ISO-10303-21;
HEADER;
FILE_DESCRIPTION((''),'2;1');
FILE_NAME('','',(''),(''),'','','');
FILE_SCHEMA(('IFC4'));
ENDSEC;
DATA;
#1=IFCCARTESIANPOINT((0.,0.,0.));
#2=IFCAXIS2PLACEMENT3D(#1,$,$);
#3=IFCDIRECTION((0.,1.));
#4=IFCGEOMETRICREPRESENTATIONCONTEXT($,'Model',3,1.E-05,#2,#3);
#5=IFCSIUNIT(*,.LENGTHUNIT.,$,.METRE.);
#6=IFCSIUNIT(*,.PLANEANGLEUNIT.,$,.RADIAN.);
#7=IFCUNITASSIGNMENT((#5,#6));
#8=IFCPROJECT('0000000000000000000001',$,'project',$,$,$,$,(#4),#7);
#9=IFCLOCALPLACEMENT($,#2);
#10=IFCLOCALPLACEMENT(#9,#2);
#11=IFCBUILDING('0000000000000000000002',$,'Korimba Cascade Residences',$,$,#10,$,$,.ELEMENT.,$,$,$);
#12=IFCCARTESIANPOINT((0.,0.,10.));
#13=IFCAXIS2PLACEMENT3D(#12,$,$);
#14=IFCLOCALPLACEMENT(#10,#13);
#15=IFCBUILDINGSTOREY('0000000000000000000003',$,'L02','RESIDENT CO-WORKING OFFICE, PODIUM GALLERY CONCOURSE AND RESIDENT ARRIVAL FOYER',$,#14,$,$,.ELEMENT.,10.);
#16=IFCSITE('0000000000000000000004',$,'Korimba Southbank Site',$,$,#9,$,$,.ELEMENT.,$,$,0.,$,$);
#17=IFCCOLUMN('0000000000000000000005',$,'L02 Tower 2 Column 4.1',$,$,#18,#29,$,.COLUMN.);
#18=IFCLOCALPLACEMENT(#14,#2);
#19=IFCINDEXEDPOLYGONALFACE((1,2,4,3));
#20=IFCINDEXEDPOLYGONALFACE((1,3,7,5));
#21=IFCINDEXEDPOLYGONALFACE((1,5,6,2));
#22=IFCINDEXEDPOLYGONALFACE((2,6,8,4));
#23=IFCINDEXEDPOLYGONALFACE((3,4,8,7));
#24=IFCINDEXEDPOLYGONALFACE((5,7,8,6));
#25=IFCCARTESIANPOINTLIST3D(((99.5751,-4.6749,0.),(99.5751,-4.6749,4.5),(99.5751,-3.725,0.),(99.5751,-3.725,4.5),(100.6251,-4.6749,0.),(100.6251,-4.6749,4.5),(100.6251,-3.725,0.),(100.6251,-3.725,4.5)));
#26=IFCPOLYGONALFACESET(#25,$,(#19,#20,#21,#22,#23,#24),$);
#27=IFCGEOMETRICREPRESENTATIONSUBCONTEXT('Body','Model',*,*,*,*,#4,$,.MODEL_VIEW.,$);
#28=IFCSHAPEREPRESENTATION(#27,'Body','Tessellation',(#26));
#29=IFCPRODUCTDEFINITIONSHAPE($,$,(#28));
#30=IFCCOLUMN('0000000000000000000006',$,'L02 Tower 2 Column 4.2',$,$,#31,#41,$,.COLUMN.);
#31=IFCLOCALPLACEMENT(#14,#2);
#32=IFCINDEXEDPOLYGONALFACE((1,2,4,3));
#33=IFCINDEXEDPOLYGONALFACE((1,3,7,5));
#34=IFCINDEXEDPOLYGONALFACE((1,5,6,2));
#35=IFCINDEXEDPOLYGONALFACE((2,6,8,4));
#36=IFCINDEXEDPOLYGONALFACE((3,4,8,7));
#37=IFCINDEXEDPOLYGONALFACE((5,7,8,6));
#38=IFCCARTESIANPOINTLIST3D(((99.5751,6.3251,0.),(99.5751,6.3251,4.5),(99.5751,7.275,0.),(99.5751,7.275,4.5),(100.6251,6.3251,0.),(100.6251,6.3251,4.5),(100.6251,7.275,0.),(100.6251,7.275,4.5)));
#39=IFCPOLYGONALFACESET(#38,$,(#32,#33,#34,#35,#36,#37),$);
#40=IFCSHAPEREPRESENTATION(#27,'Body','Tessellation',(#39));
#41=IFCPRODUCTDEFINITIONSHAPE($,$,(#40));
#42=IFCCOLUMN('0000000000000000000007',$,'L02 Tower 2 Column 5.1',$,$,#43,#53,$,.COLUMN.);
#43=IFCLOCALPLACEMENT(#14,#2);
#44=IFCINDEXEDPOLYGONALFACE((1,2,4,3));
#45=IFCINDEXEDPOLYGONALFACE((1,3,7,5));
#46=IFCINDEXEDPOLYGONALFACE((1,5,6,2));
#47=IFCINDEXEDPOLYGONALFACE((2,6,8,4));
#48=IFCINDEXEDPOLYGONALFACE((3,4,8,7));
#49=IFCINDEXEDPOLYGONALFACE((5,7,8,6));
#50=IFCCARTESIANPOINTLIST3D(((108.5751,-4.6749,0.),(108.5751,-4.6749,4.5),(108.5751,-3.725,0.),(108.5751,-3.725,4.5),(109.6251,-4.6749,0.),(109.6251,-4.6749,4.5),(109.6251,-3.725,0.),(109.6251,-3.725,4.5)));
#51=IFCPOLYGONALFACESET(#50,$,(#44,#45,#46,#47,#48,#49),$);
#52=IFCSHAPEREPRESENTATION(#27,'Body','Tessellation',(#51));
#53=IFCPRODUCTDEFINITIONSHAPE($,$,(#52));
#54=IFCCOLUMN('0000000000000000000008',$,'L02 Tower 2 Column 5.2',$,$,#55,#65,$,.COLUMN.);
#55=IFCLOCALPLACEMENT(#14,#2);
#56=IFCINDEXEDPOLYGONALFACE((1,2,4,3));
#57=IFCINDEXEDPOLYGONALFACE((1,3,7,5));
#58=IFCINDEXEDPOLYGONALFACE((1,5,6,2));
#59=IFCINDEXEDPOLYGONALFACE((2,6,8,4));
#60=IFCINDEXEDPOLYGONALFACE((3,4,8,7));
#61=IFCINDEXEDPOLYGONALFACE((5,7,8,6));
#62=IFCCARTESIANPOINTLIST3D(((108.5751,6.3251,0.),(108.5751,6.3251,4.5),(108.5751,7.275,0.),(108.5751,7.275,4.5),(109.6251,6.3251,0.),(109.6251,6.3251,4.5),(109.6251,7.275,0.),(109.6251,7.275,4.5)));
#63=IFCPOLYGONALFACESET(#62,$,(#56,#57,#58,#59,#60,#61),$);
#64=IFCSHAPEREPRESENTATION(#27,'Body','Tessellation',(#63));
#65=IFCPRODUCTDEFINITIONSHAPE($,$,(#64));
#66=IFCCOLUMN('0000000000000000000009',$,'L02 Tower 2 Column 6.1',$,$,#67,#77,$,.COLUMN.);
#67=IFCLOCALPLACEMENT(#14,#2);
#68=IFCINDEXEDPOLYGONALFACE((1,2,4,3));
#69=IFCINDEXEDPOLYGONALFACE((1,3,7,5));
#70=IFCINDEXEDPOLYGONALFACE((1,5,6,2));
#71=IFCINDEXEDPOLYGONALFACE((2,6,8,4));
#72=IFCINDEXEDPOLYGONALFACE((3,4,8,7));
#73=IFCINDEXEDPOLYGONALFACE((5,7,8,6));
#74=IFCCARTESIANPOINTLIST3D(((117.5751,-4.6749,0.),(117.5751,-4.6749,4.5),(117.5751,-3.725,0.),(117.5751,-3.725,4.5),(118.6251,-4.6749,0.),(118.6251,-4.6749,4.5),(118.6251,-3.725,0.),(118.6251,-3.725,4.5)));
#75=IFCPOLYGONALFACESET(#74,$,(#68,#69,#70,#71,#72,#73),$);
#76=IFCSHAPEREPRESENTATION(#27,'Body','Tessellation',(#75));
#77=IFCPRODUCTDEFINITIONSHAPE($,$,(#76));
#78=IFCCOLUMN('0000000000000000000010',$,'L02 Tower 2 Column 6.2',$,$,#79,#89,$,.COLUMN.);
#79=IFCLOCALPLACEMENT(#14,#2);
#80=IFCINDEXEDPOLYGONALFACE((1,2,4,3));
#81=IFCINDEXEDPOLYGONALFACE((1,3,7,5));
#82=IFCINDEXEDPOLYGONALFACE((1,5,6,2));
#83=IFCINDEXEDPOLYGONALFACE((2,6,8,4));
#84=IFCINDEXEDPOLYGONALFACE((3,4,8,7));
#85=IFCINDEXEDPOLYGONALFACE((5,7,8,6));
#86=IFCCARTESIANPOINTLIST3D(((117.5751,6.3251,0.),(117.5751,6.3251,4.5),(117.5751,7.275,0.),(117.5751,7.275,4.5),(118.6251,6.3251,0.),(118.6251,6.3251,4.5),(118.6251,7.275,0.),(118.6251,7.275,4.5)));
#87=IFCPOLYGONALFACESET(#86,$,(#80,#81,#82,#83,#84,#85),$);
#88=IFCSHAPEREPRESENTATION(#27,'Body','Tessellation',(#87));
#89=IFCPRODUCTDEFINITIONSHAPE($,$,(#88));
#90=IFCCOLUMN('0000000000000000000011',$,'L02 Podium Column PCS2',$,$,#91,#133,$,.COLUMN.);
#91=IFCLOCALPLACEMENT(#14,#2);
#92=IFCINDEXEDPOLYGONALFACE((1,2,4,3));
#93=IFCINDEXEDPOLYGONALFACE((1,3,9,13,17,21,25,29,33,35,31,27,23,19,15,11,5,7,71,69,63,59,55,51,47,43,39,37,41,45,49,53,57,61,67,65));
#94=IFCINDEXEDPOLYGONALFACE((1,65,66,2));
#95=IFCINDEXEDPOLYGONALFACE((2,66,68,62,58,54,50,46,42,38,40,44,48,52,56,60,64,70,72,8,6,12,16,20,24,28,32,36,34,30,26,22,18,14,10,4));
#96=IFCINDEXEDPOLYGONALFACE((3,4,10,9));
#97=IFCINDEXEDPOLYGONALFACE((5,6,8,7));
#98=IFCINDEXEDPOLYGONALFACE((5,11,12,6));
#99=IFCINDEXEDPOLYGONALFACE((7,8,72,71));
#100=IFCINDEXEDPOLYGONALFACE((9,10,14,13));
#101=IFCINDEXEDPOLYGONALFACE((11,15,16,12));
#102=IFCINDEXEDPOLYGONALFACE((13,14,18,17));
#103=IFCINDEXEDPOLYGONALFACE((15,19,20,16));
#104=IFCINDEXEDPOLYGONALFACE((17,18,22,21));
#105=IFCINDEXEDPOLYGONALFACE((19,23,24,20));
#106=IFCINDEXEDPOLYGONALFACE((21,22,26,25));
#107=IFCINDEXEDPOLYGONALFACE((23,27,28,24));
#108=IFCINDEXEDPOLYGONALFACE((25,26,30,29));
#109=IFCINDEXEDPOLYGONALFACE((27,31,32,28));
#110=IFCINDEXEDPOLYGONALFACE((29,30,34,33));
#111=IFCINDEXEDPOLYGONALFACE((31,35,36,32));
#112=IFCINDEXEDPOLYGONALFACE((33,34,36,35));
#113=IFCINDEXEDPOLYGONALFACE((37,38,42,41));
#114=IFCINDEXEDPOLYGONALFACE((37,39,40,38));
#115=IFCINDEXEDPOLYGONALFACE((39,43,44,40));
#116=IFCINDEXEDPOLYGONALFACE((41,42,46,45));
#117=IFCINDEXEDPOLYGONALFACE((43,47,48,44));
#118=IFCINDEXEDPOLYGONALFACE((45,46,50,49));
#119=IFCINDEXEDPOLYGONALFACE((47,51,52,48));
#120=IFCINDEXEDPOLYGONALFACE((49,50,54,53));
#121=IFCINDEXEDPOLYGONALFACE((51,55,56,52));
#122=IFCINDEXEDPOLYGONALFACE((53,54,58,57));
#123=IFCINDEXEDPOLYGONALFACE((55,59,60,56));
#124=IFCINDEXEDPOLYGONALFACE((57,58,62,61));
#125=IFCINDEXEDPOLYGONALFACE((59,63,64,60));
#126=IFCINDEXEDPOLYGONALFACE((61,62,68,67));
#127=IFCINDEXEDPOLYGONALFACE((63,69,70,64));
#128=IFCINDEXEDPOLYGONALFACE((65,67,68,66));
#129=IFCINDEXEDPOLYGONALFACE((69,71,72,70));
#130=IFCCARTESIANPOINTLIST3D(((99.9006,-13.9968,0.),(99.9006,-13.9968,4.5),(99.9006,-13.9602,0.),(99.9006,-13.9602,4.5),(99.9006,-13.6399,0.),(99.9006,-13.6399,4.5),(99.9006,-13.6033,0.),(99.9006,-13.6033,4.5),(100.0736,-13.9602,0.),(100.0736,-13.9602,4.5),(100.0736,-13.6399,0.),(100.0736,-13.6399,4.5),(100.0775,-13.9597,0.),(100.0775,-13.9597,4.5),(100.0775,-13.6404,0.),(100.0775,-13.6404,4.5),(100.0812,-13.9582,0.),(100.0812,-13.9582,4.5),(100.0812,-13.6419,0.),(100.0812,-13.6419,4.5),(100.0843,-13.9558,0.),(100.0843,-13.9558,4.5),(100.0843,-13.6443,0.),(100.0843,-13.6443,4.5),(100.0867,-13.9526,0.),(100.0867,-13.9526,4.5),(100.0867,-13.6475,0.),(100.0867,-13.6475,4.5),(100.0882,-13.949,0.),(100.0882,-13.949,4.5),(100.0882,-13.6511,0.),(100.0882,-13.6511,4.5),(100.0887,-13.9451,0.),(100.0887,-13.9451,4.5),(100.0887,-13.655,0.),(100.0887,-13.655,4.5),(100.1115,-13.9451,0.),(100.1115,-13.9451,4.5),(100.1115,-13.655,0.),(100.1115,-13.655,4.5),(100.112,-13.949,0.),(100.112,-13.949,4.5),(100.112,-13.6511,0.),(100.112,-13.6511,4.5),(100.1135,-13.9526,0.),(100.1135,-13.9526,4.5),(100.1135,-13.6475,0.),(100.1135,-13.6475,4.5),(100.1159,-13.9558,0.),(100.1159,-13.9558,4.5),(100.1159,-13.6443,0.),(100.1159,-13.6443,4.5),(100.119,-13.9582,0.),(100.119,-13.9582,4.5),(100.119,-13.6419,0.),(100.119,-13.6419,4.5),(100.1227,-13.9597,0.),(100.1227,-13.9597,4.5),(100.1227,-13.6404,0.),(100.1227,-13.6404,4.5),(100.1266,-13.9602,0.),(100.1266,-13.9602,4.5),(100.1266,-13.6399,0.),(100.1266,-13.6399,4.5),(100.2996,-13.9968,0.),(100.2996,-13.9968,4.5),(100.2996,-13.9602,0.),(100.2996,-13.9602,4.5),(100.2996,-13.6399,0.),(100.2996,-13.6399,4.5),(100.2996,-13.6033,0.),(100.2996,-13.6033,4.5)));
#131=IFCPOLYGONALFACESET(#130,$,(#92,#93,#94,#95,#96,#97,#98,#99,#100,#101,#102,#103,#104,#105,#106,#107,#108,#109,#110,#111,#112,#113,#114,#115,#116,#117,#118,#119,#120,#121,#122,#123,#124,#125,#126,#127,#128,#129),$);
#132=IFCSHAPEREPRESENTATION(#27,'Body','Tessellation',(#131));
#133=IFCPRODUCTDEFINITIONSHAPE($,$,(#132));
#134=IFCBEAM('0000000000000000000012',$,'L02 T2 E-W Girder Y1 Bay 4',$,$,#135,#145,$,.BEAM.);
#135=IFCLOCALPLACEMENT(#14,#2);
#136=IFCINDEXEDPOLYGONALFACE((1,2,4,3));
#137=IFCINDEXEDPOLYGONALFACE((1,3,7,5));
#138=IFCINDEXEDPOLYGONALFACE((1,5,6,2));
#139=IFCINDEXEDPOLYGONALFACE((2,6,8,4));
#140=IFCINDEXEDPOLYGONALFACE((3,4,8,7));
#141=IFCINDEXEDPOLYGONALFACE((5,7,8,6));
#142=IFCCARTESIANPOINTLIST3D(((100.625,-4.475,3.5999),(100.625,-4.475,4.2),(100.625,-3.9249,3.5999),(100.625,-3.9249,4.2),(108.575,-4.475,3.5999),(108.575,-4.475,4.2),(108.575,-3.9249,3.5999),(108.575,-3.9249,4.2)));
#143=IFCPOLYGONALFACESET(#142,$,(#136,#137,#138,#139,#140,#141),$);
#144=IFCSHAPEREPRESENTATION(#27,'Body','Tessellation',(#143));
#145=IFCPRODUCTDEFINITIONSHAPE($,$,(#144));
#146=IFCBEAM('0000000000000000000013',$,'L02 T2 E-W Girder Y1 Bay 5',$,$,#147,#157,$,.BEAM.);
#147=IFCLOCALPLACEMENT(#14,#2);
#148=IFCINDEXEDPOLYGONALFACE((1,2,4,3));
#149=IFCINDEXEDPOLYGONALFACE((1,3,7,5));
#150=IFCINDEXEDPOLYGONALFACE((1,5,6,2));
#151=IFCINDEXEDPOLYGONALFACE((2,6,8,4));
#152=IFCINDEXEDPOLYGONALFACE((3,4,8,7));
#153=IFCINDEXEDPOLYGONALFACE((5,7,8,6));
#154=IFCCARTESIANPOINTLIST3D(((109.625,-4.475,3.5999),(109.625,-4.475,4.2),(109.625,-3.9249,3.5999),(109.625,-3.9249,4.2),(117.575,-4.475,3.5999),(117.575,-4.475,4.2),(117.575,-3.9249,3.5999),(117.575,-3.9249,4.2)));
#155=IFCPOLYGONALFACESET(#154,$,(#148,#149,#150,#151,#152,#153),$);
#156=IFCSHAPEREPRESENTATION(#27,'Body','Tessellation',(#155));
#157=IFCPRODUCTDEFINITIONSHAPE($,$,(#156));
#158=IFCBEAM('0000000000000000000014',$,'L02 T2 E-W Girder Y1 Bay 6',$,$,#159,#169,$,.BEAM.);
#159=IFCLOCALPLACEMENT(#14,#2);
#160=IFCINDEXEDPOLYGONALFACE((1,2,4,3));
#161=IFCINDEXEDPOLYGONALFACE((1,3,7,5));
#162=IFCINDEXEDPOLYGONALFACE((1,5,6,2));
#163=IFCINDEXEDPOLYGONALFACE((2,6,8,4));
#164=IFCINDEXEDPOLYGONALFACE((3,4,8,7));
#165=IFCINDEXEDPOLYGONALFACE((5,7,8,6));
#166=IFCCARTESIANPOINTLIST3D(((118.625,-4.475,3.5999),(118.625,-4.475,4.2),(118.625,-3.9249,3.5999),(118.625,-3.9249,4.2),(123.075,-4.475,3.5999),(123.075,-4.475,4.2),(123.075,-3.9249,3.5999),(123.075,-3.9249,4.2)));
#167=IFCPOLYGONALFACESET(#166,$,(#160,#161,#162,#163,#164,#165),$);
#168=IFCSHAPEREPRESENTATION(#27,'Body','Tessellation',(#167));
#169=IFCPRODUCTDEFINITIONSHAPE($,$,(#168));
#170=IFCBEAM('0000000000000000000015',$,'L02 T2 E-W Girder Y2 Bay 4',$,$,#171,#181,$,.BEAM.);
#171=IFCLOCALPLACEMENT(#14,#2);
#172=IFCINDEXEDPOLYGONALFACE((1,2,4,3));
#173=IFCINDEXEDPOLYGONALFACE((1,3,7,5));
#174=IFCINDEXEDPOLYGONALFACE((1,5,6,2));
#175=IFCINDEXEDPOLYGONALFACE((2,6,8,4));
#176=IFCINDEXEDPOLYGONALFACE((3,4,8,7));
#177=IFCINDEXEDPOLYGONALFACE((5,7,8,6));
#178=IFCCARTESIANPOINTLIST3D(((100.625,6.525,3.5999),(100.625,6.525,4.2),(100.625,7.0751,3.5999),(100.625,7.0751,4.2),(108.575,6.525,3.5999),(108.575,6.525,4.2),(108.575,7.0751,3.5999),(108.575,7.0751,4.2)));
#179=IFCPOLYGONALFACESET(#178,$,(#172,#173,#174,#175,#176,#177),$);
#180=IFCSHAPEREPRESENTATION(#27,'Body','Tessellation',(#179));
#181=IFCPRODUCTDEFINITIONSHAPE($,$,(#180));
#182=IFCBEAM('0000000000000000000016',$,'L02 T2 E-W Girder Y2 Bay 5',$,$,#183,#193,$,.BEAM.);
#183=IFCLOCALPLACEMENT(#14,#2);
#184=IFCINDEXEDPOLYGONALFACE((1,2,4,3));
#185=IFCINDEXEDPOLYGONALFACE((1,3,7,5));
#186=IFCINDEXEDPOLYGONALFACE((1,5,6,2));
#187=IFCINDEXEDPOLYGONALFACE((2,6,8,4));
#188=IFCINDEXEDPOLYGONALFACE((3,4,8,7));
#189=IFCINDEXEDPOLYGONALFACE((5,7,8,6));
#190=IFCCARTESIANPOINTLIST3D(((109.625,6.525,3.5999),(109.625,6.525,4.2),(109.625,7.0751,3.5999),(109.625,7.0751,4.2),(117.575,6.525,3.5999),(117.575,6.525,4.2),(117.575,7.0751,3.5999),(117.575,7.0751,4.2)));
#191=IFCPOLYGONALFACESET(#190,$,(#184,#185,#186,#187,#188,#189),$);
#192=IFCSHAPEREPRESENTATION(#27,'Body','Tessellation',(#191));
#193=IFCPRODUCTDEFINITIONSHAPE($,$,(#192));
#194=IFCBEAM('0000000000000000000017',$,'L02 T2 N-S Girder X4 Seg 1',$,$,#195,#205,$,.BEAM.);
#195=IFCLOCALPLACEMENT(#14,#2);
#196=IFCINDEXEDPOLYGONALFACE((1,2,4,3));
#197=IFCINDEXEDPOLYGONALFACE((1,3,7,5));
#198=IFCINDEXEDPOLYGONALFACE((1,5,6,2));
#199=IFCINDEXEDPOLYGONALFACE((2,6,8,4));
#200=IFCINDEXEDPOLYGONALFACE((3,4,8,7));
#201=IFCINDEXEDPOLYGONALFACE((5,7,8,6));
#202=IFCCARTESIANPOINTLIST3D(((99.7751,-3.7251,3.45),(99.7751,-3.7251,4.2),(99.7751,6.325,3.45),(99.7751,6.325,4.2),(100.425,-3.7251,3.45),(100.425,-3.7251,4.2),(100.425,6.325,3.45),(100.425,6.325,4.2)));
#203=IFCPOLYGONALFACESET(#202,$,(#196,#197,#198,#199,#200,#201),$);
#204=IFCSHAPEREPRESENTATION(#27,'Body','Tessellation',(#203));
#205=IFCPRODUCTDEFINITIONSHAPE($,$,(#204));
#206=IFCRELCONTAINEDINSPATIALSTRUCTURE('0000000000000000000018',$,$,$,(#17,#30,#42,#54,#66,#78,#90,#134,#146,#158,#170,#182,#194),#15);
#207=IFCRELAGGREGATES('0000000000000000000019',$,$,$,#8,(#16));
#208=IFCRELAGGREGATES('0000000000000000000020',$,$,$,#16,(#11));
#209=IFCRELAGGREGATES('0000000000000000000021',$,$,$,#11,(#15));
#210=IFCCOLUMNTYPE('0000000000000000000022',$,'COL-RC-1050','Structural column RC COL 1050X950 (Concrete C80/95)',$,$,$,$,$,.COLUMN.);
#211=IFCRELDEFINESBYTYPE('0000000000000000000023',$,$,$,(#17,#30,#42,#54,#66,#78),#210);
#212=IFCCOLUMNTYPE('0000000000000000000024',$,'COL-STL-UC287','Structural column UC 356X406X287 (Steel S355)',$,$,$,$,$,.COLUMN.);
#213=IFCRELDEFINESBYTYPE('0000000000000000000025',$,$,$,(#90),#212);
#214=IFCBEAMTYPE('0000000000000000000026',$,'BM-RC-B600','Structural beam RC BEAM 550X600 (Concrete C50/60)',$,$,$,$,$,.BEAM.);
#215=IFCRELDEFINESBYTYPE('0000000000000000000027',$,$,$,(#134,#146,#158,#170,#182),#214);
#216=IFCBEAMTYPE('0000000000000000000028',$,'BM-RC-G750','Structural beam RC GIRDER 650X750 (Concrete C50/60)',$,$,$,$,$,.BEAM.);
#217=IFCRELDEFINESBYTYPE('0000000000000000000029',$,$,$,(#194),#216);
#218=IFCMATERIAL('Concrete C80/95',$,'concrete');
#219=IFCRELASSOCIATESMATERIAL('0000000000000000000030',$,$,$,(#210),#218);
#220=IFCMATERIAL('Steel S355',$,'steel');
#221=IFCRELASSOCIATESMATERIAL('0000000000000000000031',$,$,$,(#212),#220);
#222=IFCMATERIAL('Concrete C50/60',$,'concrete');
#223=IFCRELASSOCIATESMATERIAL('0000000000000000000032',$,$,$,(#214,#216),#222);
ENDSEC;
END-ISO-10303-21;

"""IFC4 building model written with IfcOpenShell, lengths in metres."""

from ifc_helpers import new_model, si_unit, direction, frame, origin, origin_2d, place, context, subcontext, project, spatial, rectangle, i_section, extrude, material, material_profile, profile_set, type_object, element, save


model = new_model("IFC4")

# Units and contexts
model_context = context("Model", 3, precision=1e-05, world=origin(), true_north=direction((0.0, 1.0)))
body_context = subcontext(model_context, "Body", "Model", "MODEL_VIEW")
ifc_project = project(units=[si_unit("LENGTHUNIT", "METRE"), si_unit("PLANEANGLEUNIT", "RADIAN")], contexts=[model_context])

# Site, building, storey
site_placement = place(None, origin())
site = spatial("IfcSite", under=ifc_project, at=site_placement, Name="Korimba Southbank Site", CompositionType="ELEMENT", RefElevation=0.0)
building_placement = place(site_placement, origin())
building = spatial("IfcBuilding", under=site, at=building_placement, Name="Korimba Cascade Residences", CompositionType="ELEMENT")
storey_placement = place(building_placement, frame((0.0, 0.0, 10.0)))
storey = spatial("IfcBuildingStorey", under=building, at=storey_placement, Name="L02", Description="RESIDENT CO-WORKING OFFICE, PODIUM GALLERY CONCOURSE AND RESIDENT ARRIVAL FOYER", CompositionType="ELEMENT", Elevation=10.0)

# Columns
ifc_material_1 = material(Name="Concrete C80/95", Category="concrete")
ifc_material_profile_1 = material_profile(ifc_material_1, rectangle(XDim=1.05, YDim=0.95, at=origin_2d()), Name="Concrete C80/95")
ifc_profile_set_1 = profile_set([ifc_material_profile_1], Name="Concrete C80/95")
column_type_1 = type_object("IfcColumnType", Name="COL-RC-1050", Description="Structural column RC COL 1050X950 (Concrete C80/95)", PredefinedType="COLUMN", material=ifc_profile_set_1)
for number, where, z_axis, x_axis, name in (
    (1, (100.1001, -4.2, 0.0), (0.0, 0.0, 1.0), (1.0, 0.0, 0.0), "L02 Tower 2 Column 4.1"),
    (2, (100.1001, 6.8, 0.0), (0.0, 0.0, 1.0), (1.0, 0.0, 0.0), "L02 Tower 2 Column 4.2"),
    (3, (109.1001, -4.2, 0.0), (0.0, 0.0, 1.0), (1.0, 0.0, 0.0), "L02 Tower 2 Column 5.1"),
    (4, (109.1001, 6.8, 0.0), (0.0, 0.0, 1.0), (1.0, 0.0, 0.0), "L02 Tower 2 Column 5.2"),
    (5, (118.1001, -4.2, 0.0), (0.0, 0.0, 1.0), (1.0, 0.0, 0.0), "L02 Tower 2 Column 6.1"),
    (6, (118.1001, 6.8, 0.0), (0.0, 0.0, 1.0), (1.0, 0.0, 0.0), "L02 Tower 2 Column 6.2"),
):
    element("IfcColumn", number, at=place(storey_placement, frame(where, z_axis=z_axis, x_axis=x_axis)), inside=storey, type_object=column_type_1, Name=name, PredefinedType="COLUMN", context=body_context, shape_type="SweptSolid", body=[
        extrude(rectangle(XDim=1.05, YDim=0.95, at=origin_2d()), origin(), (0.0, 0.0, 1.0), 4.5),
    ])
ifc_material_2 = material(Name="Steel S355", Category="steel")
ifc_material_profile_2 = material_profile(ifc_material_2, i_section(OverallWidth=0.3989, OverallDepth=0.3936, WebThickness=0.0227, FlangeThickness=0.0366, FilletRadius=0.0151, at=origin_2d()), Name="Steel S355")
ifc_profile_set_2 = profile_set([ifc_material_profile_2], Name="Steel S355")
column_type_2 = type_object("IfcColumnType", Name="COL-STL-UC287", Description="Structural column UC 356X406X287 (Steel S355)", PredefinedType="COLUMN", material=ifc_profile_set_2)
column_placement = place(storey_placement, frame((100.1001, -13.8, 0.0), z_axis=(0.0, 0.0, 1.0), x_axis=(1.0, 0.0, 0.0)))
element("IfcColumn", 7, at=column_placement, inside=storey, type_object=column_type_2, Name="L02 Podium Column PCS2", PredefinedType="COLUMN", context=body_context, shape_type="SweptSolid", body=[
    extrude(i_section(OverallWidth=0.3989, OverallDepth=0.3936, WebThickness=0.0227, FlangeThickness=0.0366, FilletRadius=0.0151, at=origin_2d()), origin(), (0.0, 0.0, 1.0), 4.5),
])

# Beams
ifc_material_3 = material(Name="Concrete C50/60", Category="concrete")
ifc_material_profile_3 = material_profile(ifc_material_3, rectangle(XDim=0.55, YDim=0.6001, at=origin_2d()), Name="Concrete C50/60")
ifc_profile_set_3 = profile_set([ifc_material_profile_3], Name="Concrete C50/60")
beam_type_1 = type_object("IfcBeamType", Name="BM-RC-B600", Description="Structural beam RC BEAM 550X600 (Concrete C50/60)", PredefinedType="BEAM", material=ifc_profile_set_3)
for number, where, z_axis, x_axis, name in (
    (8, (100.625, -4.2, 3.8999), (1.0, 0.0, 0.0), (0.0, 1.0, 0.0), "L02 T2 E-W Girder Y1 Bay 4"),
    (9, (109.625, -4.2, 3.8999), (1.0, 0.0, 0.0), (0.0, 1.0, 0.0), "L02 T2 E-W Girder Y1 Bay 5"),
):
    element("IfcBeam", number, at=place(storey_placement, frame(where, z_axis=z_axis, x_axis=x_axis)), inside=storey, type_object=beam_type_1, Name=name, PredefinedType="BEAM", context=body_context, shape_type="SweptSolid", body=[
        extrude(rectangle(XDim=0.55, YDim=0.6001, at=origin_2d()), origin(), (0.0, 0.0, 1.0), 7.95),
    ])
beam_1_placement = place(storey_placement, frame((118.625, -4.2, 3.8999), z_axis=(1.0, 0.0, 0.0), x_axis=(0.0, 1.0, 0.0)))
element("IfcBeam", 10, at=beam_1_placement, inside=storey, type_object=beam_type_1, Name="L02 T2 E-W Girder Y1 Bay 6", PredefinedType="BEAM", context=body_context, shape_type="SweptSolid", body=[
    extrude(rectangle(XDim=0.55, YDim=0.6001, at=origin_2d()), origin(), (0.0, 0.0, 1.0), 4.45),
])
for number, where, z_axis, x_axis, name in (
    (11, (100.625, 6.8, 3.8999), (1.0, 0.0, 0.0), (0.0, 1.0, 0.0), "L02 T2 E-W Girder Y2 Bay 4"),
    (12, (109.625, 6.8, 3.8999), (1.0, 0.0, 0.0), (0.0, 1.0, 0.0), "L02 T2 E-W Girder Y2 Bay 5"),
):
    element("IfcBeam", number, at=place(storey_placement, frame(where, z_axis=z_axis, x_axis=x_axis)), inside=storey, type_object=beam_type_1, Name=name, PredefinedType="BEAM", context=body_context, shape_type="SweptSolid", body=[
        extrude(rectangle(XDim=0.55, YDim=0.6001, at=origin_2d()), origin(), (0.0, 0.0, 1.0), 7.95),
    ])
ifc_material_profile_4 = material_profile(ifc_material_3, rectangle(XDim=0.6499, YDim=0.75, at=origin_2d()), Name="Concrete C50/60")
ifc_profile_set_4 = profile_set([ifc_material_profile_4], Name="Concrete C50/60")
beam_type_2 = type_object("IfcBeamType", Name="BM-RC-G750", Description="Structural beam RC GIRDER 650X750 (Concrete C50/60)", PredefinedType="BEAM", material=ifc_profile_set_4)
for number, where, z_axis, x_axis, name in (
    (13, (100.1001, -3.7251, 3.825), (0.0, 1.0, 0.0), (-1.0, 0.0, 0.0), "L02 T2 N-S Girder X4 Seg 1"),
):
    element("IfcBeam", number, at=place(storey_placement, frame(where, z_axis=z_axis, x_axis=x_axis)), inside=storey, type_object=beam_type_2, Name=name, PredefinedType="BEAM", context=body_context, shape_type="SweptSolid", body=[
        extrude(rectangle(XDim=0.6499, YDim=0.75, at=origin_2d()), origin(), (0.0, 0.0, 1.0), 10.05),
    ])

save(model, "model.ifc")
